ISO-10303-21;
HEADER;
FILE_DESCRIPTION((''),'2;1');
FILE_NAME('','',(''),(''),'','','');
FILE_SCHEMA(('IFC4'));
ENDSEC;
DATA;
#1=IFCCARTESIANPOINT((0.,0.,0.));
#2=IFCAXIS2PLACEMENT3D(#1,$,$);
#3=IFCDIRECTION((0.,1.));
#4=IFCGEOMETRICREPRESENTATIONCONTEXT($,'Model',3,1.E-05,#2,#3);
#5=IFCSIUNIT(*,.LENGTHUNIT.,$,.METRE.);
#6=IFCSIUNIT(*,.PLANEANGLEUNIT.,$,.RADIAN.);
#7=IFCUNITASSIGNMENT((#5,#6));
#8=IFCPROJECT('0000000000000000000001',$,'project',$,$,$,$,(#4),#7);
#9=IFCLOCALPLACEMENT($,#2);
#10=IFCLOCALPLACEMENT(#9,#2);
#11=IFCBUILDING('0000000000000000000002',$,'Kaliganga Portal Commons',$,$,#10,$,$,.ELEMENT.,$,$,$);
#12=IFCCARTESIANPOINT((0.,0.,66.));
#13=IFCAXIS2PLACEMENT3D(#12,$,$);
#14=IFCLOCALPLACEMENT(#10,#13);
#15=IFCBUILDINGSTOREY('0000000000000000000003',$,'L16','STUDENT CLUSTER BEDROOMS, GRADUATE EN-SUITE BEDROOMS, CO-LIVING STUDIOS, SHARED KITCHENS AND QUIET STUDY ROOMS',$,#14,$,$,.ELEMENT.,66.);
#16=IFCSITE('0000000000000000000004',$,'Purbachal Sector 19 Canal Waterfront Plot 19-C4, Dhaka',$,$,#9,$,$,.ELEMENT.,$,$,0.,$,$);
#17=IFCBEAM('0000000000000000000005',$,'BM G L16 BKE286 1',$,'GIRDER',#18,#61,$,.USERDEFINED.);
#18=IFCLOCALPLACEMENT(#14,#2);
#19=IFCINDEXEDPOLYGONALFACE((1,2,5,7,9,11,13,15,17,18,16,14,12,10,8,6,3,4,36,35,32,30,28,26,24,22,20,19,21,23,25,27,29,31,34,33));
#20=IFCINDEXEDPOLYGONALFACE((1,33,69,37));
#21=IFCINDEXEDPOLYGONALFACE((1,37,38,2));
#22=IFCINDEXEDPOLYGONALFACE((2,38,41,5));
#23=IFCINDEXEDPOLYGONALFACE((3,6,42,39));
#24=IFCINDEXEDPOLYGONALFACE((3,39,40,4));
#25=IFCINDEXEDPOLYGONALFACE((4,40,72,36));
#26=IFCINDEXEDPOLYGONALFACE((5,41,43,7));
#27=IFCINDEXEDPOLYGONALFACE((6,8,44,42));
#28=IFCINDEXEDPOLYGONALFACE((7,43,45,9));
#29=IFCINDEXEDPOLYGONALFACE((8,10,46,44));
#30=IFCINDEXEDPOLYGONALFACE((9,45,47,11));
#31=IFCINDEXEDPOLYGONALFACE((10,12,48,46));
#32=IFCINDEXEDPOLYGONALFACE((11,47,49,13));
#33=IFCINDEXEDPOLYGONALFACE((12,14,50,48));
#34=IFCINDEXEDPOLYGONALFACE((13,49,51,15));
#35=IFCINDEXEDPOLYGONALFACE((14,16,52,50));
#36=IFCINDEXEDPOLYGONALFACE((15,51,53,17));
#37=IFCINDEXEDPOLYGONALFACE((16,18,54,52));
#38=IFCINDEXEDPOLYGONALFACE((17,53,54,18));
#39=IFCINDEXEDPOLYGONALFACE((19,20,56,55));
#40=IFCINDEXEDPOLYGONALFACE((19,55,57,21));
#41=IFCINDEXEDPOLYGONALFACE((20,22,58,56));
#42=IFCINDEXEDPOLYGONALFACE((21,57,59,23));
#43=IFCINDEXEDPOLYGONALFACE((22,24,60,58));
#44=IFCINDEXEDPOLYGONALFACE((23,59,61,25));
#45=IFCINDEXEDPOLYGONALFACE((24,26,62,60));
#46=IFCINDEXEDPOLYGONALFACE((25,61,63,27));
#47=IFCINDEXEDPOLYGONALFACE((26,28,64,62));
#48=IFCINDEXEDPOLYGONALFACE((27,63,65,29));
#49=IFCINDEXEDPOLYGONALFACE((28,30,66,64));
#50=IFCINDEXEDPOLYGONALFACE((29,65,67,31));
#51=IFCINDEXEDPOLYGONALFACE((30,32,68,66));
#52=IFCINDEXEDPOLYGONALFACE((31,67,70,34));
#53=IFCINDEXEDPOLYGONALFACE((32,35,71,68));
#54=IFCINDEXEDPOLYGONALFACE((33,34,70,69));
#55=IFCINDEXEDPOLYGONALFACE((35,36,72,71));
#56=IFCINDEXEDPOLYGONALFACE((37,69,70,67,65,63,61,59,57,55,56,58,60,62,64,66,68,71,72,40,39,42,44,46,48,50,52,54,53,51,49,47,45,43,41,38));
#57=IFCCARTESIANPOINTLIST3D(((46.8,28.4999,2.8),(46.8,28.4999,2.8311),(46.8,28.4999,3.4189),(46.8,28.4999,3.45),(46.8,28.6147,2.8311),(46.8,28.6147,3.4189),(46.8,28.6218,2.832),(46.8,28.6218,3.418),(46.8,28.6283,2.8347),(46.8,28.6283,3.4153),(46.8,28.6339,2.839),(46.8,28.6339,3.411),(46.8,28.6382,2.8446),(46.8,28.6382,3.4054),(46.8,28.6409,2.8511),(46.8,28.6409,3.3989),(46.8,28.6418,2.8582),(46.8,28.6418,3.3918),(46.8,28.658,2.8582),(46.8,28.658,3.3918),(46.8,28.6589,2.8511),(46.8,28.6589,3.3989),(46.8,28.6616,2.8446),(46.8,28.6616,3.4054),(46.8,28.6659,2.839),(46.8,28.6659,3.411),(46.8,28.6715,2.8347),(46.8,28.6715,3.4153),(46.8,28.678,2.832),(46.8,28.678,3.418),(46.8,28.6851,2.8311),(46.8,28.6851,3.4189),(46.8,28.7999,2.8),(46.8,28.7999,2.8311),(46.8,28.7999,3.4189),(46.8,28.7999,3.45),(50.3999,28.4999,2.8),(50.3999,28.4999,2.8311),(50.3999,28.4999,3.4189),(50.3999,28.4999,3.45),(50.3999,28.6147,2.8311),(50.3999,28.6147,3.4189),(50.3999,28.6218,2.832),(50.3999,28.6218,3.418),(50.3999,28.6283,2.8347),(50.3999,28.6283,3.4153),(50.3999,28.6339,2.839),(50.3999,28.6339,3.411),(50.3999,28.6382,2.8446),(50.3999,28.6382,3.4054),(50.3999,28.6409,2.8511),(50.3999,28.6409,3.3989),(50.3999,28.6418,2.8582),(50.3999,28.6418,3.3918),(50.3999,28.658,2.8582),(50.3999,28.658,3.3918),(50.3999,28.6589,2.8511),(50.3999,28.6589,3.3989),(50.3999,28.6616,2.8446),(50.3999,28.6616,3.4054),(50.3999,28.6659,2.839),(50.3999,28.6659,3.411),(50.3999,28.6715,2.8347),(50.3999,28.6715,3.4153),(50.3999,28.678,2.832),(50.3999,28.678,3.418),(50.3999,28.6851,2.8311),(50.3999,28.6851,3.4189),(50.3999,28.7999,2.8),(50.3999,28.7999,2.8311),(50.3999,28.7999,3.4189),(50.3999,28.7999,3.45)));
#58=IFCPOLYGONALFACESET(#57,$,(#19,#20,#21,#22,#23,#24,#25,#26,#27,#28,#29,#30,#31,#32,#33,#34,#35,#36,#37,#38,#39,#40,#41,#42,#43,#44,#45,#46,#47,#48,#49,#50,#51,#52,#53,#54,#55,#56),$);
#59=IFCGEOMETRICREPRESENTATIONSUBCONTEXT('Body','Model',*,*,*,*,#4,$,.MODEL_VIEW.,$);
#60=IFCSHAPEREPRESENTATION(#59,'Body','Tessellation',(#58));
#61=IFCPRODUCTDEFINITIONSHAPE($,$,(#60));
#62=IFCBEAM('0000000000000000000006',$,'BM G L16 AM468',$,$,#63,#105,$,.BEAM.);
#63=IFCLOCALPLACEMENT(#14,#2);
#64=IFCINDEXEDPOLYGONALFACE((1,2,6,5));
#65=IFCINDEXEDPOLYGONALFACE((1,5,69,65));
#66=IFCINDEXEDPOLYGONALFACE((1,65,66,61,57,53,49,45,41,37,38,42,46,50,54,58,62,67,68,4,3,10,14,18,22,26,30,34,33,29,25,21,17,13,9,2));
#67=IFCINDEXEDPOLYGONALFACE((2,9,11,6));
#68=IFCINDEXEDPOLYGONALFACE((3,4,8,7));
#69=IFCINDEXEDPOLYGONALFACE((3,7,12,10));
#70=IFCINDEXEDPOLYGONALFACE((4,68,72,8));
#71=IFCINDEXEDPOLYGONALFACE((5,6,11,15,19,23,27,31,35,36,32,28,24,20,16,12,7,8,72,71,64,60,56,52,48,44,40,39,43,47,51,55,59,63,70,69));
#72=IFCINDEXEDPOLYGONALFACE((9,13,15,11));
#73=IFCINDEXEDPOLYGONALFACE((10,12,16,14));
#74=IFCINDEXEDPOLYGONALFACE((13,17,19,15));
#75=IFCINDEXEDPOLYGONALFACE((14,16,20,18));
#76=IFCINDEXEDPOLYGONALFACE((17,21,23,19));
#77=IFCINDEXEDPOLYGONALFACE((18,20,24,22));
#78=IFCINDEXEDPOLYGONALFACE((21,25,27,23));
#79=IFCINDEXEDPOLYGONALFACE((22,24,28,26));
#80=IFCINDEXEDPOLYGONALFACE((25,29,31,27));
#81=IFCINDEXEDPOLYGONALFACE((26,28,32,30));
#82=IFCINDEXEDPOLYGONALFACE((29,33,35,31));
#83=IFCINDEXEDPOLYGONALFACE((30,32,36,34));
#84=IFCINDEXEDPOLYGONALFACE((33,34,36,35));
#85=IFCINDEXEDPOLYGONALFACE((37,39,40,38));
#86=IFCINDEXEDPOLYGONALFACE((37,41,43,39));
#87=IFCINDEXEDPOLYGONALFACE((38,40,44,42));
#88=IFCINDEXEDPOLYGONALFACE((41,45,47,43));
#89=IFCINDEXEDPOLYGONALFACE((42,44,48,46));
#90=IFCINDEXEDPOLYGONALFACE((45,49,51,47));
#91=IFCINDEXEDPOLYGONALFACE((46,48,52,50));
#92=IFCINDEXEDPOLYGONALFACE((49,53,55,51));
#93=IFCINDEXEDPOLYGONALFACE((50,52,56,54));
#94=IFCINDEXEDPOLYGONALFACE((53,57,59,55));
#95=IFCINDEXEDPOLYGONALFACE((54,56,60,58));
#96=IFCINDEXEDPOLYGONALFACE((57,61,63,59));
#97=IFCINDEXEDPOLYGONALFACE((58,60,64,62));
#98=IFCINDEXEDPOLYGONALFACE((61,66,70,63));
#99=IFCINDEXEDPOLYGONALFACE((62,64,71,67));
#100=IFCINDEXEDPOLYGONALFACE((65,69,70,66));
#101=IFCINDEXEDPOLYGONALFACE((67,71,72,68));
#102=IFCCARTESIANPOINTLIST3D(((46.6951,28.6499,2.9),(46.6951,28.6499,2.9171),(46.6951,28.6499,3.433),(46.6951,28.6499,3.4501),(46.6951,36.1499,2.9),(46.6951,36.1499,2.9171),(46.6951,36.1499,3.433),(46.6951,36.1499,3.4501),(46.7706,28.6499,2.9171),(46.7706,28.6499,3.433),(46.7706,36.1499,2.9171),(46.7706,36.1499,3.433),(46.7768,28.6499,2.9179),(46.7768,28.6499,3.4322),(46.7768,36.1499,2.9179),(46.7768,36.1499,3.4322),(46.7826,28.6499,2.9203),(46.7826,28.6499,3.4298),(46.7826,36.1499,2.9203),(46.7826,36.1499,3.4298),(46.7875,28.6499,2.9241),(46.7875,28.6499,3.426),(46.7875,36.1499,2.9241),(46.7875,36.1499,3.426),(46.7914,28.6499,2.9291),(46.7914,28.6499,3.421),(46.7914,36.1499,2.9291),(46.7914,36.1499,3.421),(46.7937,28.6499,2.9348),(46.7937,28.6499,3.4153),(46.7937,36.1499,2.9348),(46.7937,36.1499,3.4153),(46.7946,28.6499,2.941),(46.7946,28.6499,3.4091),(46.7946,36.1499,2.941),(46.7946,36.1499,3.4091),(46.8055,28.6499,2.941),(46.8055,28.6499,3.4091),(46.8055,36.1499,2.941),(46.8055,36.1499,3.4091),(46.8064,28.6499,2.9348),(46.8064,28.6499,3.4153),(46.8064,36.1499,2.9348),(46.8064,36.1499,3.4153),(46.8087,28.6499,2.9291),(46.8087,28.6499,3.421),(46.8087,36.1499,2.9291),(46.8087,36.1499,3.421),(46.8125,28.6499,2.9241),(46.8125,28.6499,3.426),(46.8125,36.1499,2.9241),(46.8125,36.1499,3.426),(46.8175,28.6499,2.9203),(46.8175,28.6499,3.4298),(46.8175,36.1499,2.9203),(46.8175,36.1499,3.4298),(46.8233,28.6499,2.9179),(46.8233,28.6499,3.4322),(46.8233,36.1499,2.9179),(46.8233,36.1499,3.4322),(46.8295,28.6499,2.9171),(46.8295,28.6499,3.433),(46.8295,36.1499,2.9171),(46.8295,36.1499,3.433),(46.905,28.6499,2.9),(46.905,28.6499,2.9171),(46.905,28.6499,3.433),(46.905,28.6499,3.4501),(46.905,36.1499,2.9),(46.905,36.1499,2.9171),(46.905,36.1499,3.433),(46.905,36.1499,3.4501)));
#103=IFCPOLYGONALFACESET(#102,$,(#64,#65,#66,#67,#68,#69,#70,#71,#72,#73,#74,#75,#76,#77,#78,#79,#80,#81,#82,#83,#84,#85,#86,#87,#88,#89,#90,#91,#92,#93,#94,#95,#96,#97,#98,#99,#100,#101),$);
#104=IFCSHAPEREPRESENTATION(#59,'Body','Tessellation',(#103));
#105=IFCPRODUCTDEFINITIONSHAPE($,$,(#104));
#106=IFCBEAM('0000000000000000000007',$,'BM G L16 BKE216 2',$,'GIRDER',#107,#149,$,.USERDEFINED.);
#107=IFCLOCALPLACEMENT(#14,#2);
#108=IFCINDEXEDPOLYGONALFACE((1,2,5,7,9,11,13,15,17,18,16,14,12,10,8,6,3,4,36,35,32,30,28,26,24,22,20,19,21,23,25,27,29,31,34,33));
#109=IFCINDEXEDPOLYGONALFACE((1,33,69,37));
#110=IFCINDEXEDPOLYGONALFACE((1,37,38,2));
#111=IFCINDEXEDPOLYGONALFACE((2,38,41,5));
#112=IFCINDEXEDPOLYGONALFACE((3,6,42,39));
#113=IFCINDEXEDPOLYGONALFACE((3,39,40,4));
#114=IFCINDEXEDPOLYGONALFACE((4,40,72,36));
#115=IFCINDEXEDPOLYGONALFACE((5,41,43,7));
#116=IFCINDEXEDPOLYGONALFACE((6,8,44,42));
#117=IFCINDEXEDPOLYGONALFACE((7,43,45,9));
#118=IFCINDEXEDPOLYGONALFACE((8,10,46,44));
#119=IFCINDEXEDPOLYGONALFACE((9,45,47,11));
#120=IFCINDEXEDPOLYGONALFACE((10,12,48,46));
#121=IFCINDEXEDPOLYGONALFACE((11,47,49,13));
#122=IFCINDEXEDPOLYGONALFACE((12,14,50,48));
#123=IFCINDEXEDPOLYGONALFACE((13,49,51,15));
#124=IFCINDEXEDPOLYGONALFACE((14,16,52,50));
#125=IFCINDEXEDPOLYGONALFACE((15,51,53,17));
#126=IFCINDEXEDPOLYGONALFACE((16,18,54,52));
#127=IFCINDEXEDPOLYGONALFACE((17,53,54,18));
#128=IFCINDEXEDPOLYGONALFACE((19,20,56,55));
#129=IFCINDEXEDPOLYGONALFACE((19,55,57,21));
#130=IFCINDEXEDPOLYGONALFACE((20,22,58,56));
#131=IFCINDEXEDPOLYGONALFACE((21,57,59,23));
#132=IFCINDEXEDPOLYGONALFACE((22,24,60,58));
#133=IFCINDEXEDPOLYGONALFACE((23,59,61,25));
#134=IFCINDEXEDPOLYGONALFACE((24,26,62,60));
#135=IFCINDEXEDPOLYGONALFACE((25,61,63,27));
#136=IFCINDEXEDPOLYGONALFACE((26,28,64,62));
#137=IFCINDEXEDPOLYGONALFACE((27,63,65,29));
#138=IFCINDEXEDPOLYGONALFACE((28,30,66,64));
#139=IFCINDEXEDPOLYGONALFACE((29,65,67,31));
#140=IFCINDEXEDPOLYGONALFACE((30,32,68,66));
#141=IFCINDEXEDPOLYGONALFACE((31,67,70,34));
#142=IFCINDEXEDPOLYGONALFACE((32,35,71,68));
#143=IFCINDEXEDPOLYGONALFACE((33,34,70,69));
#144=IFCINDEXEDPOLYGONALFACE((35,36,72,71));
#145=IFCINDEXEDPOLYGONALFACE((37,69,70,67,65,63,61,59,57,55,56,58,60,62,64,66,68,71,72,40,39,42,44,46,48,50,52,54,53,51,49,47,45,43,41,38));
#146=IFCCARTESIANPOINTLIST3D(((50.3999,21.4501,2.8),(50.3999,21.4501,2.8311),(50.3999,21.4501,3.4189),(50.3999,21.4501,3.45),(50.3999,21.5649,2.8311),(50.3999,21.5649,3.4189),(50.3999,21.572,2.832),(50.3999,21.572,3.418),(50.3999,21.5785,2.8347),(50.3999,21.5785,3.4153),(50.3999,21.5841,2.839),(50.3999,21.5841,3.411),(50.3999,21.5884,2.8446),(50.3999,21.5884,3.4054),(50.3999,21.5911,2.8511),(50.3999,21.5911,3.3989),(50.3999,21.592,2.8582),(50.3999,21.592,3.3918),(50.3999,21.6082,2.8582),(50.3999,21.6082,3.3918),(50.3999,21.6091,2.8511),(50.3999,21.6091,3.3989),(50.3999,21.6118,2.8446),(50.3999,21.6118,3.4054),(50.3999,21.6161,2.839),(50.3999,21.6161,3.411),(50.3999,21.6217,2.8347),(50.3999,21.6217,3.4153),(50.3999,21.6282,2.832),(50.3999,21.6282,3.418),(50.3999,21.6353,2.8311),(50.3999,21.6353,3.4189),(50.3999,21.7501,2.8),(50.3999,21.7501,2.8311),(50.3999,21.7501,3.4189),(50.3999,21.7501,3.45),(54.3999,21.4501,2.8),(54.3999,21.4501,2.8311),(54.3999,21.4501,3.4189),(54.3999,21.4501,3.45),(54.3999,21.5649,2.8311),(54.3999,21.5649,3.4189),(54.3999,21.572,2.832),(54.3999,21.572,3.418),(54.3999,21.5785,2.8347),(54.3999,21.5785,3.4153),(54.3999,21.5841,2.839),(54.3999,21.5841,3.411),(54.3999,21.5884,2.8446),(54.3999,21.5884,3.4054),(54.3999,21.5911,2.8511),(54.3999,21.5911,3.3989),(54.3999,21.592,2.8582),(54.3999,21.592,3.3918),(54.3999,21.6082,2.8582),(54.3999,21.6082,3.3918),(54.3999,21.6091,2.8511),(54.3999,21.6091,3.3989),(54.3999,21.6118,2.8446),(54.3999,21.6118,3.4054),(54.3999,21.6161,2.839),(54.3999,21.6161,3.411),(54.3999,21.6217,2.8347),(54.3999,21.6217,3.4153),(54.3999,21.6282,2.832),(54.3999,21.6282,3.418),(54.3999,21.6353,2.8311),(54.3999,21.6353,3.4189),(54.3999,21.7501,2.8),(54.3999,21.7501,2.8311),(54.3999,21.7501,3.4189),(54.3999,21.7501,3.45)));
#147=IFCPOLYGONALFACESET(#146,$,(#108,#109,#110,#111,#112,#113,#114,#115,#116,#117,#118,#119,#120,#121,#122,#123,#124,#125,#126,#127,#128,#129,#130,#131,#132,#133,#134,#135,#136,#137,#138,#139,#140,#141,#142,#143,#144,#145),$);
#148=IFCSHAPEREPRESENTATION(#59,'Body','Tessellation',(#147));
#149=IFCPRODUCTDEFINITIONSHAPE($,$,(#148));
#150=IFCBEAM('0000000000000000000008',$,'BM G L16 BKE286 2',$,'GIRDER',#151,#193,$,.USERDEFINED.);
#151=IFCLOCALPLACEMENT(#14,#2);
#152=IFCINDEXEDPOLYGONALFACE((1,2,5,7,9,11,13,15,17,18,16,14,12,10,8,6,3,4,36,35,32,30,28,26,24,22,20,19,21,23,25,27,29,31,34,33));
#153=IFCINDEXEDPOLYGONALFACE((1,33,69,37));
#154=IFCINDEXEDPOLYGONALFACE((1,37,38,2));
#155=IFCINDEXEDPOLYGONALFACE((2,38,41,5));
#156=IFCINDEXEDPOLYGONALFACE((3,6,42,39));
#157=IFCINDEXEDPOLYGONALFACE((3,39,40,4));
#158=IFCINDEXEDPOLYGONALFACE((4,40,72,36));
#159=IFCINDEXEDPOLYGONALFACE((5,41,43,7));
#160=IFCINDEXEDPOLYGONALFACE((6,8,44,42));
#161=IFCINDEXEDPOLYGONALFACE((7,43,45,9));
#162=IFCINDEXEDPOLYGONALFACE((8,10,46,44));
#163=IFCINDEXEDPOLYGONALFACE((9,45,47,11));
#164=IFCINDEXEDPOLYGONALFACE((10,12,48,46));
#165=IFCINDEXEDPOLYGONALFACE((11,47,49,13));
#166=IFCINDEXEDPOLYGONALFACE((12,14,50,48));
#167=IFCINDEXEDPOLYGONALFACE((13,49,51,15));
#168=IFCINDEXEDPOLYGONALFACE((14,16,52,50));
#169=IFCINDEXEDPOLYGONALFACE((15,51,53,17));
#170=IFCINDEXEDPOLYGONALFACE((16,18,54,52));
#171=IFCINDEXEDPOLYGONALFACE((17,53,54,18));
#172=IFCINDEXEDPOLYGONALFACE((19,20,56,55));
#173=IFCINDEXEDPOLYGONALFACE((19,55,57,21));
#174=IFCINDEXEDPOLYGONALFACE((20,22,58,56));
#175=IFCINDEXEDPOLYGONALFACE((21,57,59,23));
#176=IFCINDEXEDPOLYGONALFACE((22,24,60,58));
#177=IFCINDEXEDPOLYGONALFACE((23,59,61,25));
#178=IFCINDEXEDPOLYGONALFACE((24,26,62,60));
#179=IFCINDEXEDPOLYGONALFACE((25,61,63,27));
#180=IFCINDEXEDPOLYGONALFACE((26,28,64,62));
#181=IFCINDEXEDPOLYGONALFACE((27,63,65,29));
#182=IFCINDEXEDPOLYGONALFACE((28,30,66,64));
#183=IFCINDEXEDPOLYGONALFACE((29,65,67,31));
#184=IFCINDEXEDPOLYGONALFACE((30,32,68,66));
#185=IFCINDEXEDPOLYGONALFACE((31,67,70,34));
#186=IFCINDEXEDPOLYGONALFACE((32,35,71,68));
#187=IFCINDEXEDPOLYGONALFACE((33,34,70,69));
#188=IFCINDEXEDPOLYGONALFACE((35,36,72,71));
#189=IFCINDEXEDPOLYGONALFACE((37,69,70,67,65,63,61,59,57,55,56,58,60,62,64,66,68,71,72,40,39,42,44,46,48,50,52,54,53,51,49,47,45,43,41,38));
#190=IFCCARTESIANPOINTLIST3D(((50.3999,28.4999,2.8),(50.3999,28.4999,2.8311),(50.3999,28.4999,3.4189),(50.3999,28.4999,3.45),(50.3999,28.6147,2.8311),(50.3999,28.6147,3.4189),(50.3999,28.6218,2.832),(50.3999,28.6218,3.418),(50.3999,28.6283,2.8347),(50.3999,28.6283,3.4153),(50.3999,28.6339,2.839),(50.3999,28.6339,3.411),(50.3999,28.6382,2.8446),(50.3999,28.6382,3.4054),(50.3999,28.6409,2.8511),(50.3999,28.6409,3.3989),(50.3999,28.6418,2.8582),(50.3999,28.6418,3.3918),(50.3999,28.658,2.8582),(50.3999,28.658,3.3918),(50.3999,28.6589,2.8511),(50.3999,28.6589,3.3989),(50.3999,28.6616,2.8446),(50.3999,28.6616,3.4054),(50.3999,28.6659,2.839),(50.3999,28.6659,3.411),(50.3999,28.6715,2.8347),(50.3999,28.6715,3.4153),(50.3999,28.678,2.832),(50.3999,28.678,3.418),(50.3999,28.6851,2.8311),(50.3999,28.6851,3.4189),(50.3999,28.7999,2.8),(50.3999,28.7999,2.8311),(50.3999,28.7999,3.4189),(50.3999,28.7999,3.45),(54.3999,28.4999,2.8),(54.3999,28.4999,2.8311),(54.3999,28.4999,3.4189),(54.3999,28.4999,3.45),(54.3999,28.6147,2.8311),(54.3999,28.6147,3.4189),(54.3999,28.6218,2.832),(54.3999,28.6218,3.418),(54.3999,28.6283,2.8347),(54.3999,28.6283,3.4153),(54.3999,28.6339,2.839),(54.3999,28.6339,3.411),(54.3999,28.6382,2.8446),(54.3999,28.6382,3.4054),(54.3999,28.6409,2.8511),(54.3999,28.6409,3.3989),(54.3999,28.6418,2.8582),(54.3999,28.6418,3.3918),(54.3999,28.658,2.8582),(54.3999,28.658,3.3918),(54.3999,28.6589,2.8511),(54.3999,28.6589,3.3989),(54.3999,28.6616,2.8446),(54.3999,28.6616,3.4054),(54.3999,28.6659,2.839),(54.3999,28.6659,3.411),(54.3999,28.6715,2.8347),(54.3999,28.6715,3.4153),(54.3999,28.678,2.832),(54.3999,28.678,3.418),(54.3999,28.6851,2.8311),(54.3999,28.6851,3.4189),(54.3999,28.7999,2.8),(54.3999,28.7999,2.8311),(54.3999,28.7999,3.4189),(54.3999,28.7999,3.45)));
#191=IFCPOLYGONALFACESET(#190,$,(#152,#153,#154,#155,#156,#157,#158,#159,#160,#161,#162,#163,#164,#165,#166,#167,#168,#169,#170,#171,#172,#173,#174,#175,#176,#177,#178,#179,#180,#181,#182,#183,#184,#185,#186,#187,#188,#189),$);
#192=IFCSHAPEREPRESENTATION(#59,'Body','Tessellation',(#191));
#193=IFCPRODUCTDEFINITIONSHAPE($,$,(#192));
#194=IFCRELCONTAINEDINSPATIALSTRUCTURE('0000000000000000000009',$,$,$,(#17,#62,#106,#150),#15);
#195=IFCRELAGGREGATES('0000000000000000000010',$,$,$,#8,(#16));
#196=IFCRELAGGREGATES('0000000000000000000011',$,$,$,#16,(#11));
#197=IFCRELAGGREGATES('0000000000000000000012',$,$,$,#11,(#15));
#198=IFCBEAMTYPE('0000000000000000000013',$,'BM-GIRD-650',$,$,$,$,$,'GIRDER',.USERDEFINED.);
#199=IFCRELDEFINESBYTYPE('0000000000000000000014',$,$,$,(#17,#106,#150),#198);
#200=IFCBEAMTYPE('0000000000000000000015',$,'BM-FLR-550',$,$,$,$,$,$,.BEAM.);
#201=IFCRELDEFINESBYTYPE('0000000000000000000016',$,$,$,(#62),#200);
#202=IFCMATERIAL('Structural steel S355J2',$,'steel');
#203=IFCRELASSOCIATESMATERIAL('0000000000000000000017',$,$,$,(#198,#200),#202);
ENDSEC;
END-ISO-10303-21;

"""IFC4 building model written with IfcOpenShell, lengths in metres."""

from ifc_helpers import new_model, si_unit, direction, frame, origin, origin_2d, place, context, subcontext, project, spatial, i_section, extrude, source, transform, mapped, material, material_profile, profile_set, type_object, element, save


model = new_model("IFC4")

# Units and contexts
model_context = context("Model", 3, precision=1e-05, world=origin(), true_north=direction((0.0, 1.0)))
body_context = subcontext(model_context, "Body", "Model", "MODEL_VIEW")
ifc_project = project(units=[si_unit("LENGTHUNIT", "METRE"), si_unit("PLANEANGLEUNIT", "RADIAN")], contexts=[model_context])

# Site, building, storey
site_placement = place(None, origin())
site = spatial("IfcSite", under=ifc_project, at=site_placement, Name="Purbachal Sector 19 Canal Waterfront Plot 19-C4, Dhaka", CompositionType="ELEMENT", RefElevation=0.0)
building_placement = place(site_placement, origin())
building = spatial("IfcBuilding", under=site, at=building_placement, Name="Kaliganga Portal Commons", CompositionType="ELEMENT")
storey_placement = place(building_placement, frame((0.0, 0.0, 66.0)))
storey = spatial("IfcBuildingStorey", under=building, at=storey_placement, Name="L16", Description="STUDENT CLUSTER BEDROOMS, GRADUATE EN-SUITE BEDROOMS, CO-LIVING STUDIOS, SHARED KITCHENS AND QUIET STUDY ROOMS", CompositionType="ELEMENT", Elevation=66.0)

# Beams
ifc_material_1 = material(Name="Structural steel S355J2", Category="steel")
ifc_material_profile_1 = material_profile(ifc_material_1, i_section(OverallWidth=0.3, OverallDepth=0.6499, WebThickness=0.0161, FlangeThickness=0.031, FilletRadius=0.0271, at=origin_2d()), Name="HE 650 B")
ifc_profile_set_1 = profile_set([ifc_material_profile_1], Name="Structural steel S355J2 wide-flange")
beam_type_1 = type_object("IfcBeamType", Name="BM-GIRD-650", ElementType="GIRDER", PredefinedType="USERDEFINED", material=ifc_profile_set_1)
shared_shape_1 = source(origin(), body_context, "Body", "SweptSolid", [
    extrude(i_section(OverallWidth=0.3, OverallDepth=0.6499, WebThickness=0.0161, FlangeThickness=0.031, FilletRadius=0.0271, at=origin_2d()), origin(), (0.0, 0.0, 1.0), 3.5999),
])
beam_1_placement = place(storey_placement, frame((46.8, 28.6499, 3.125), z_axis=(1.0, 0.0, 0.0), x_axis=(0.0, 1.0, 0.0)))
element("IfcBeam", 1, at=beam_1_placement, inside=storey, type_object=beam_type_1, Name="BM G L16 BKE286 1", ObjectType="GIRDER", PredefinedType="USERDEFINED", context=body_context, shape_type="MappedRepresentation", body=[
    mapped(shared_shape_1, transform((0.0, 0.0, 0.0), x_axis=(1.0, 0.0, 0.0), y_axis=(0.0, 1.0, 0.0), z_axis=(0.0, 0.0, 1.0), scale=1.0)),
])
ifc_material_profile_2 = material_profile(ifc_material_1, i_section(OverallWidth=0.21, OverallDepth=0.55, WebThickness=0.011, FlangeThickness=0.0171, FilletRadius=0.0239, at=origin_2d()), Name="IPE 550")
ifc_profile_set_2 = profile_set([ifc_material_profile_2], Name="Structural steel S355J2 wide-flange")
beam_type_2 = type_object("IfcBeamType", Name="BM-FLR-550", PredefinedType="BEAM", material=ifc_profile_set_2)
shared_shape_2 = source(origin(), body_context, "Body", "SweptSolid", [
    extrude(i_section(OverallWidth=0.21, OverallDepth=0.55, WebThickness=0.011, FlangeThickness=0.0171, FilletRadius=0.0239, at=origin_2d()), origin(), (0.0, 0.0, 1.0), 7.5),
])
beam_2_placement = place(storey_placement, frame((46.8, 28.6499, 3.175), z_axis=(0.0, 1.0, 0.0), x_axis=(-1.0, 0.0, 0.0)))
element("IfcBeam", 2, at=beam_2_placement, inside=storey, type_object=beam_type_2, Name="BM G L16 AM468", PredefinedType="BEAM", context=body_context, shape_type="MappedRepresentation", body=[
    mapped(shared_shape_2, transform((0.0, 0.0, 0.0), x_axis=(1.0, 0.0, 0.0), y_axis=(0.0, 1.0, 0.0), z_axis=(0.0, 0.0, 1.0), scale=1.0)),
])
shared_shape_3 = source(origin(), body_context, "Body", "SweptSolid", [
    extrude(i_section(OverallWidth=0.3, OverallDepth=0.6499, WebThickness=0.0161, FlangeThickness=0.031, FilletRadius=0.0271, at=origin_2d()), origin(), (0.0, 0.0, 1.0), 4.0),
])
for number, where, z_axis, x_axis, name in (
    (3, (50.3999, 21.6001, 3.125), (1.0, 0.0, 0.0), (0.0, 1.0, 0.0), "BM G L16 BKE216 2"),
    (4, (50.3999, 28.6499, 3.125), (1.0, 0.0, 0.0), (0.0, 1.0, 0.0), "BM G L16 BKE286 2"),
):
    element("IfcBeam", number, at=place(storey_placement, frame(where, z_axis=z_axis, x_axis=x_axis)), inside=storey, type_object=beam_type_1, Name=name, ObjectType="GIRDER", PredefinedType="USERDEFINED", context=body_context, shape_type="MappedRepresentation", body=[
        mapped(shared_shape_3, transform((0.0, 0.0, 0.0), x_axis=(1.0, 0.0, 0.0), y_axis=(0.0, 1.0, 0.0), z_axis=(0.0, 0.0, 1.0), scale=1.0)),
    ])

save(model, "model.ifc")
